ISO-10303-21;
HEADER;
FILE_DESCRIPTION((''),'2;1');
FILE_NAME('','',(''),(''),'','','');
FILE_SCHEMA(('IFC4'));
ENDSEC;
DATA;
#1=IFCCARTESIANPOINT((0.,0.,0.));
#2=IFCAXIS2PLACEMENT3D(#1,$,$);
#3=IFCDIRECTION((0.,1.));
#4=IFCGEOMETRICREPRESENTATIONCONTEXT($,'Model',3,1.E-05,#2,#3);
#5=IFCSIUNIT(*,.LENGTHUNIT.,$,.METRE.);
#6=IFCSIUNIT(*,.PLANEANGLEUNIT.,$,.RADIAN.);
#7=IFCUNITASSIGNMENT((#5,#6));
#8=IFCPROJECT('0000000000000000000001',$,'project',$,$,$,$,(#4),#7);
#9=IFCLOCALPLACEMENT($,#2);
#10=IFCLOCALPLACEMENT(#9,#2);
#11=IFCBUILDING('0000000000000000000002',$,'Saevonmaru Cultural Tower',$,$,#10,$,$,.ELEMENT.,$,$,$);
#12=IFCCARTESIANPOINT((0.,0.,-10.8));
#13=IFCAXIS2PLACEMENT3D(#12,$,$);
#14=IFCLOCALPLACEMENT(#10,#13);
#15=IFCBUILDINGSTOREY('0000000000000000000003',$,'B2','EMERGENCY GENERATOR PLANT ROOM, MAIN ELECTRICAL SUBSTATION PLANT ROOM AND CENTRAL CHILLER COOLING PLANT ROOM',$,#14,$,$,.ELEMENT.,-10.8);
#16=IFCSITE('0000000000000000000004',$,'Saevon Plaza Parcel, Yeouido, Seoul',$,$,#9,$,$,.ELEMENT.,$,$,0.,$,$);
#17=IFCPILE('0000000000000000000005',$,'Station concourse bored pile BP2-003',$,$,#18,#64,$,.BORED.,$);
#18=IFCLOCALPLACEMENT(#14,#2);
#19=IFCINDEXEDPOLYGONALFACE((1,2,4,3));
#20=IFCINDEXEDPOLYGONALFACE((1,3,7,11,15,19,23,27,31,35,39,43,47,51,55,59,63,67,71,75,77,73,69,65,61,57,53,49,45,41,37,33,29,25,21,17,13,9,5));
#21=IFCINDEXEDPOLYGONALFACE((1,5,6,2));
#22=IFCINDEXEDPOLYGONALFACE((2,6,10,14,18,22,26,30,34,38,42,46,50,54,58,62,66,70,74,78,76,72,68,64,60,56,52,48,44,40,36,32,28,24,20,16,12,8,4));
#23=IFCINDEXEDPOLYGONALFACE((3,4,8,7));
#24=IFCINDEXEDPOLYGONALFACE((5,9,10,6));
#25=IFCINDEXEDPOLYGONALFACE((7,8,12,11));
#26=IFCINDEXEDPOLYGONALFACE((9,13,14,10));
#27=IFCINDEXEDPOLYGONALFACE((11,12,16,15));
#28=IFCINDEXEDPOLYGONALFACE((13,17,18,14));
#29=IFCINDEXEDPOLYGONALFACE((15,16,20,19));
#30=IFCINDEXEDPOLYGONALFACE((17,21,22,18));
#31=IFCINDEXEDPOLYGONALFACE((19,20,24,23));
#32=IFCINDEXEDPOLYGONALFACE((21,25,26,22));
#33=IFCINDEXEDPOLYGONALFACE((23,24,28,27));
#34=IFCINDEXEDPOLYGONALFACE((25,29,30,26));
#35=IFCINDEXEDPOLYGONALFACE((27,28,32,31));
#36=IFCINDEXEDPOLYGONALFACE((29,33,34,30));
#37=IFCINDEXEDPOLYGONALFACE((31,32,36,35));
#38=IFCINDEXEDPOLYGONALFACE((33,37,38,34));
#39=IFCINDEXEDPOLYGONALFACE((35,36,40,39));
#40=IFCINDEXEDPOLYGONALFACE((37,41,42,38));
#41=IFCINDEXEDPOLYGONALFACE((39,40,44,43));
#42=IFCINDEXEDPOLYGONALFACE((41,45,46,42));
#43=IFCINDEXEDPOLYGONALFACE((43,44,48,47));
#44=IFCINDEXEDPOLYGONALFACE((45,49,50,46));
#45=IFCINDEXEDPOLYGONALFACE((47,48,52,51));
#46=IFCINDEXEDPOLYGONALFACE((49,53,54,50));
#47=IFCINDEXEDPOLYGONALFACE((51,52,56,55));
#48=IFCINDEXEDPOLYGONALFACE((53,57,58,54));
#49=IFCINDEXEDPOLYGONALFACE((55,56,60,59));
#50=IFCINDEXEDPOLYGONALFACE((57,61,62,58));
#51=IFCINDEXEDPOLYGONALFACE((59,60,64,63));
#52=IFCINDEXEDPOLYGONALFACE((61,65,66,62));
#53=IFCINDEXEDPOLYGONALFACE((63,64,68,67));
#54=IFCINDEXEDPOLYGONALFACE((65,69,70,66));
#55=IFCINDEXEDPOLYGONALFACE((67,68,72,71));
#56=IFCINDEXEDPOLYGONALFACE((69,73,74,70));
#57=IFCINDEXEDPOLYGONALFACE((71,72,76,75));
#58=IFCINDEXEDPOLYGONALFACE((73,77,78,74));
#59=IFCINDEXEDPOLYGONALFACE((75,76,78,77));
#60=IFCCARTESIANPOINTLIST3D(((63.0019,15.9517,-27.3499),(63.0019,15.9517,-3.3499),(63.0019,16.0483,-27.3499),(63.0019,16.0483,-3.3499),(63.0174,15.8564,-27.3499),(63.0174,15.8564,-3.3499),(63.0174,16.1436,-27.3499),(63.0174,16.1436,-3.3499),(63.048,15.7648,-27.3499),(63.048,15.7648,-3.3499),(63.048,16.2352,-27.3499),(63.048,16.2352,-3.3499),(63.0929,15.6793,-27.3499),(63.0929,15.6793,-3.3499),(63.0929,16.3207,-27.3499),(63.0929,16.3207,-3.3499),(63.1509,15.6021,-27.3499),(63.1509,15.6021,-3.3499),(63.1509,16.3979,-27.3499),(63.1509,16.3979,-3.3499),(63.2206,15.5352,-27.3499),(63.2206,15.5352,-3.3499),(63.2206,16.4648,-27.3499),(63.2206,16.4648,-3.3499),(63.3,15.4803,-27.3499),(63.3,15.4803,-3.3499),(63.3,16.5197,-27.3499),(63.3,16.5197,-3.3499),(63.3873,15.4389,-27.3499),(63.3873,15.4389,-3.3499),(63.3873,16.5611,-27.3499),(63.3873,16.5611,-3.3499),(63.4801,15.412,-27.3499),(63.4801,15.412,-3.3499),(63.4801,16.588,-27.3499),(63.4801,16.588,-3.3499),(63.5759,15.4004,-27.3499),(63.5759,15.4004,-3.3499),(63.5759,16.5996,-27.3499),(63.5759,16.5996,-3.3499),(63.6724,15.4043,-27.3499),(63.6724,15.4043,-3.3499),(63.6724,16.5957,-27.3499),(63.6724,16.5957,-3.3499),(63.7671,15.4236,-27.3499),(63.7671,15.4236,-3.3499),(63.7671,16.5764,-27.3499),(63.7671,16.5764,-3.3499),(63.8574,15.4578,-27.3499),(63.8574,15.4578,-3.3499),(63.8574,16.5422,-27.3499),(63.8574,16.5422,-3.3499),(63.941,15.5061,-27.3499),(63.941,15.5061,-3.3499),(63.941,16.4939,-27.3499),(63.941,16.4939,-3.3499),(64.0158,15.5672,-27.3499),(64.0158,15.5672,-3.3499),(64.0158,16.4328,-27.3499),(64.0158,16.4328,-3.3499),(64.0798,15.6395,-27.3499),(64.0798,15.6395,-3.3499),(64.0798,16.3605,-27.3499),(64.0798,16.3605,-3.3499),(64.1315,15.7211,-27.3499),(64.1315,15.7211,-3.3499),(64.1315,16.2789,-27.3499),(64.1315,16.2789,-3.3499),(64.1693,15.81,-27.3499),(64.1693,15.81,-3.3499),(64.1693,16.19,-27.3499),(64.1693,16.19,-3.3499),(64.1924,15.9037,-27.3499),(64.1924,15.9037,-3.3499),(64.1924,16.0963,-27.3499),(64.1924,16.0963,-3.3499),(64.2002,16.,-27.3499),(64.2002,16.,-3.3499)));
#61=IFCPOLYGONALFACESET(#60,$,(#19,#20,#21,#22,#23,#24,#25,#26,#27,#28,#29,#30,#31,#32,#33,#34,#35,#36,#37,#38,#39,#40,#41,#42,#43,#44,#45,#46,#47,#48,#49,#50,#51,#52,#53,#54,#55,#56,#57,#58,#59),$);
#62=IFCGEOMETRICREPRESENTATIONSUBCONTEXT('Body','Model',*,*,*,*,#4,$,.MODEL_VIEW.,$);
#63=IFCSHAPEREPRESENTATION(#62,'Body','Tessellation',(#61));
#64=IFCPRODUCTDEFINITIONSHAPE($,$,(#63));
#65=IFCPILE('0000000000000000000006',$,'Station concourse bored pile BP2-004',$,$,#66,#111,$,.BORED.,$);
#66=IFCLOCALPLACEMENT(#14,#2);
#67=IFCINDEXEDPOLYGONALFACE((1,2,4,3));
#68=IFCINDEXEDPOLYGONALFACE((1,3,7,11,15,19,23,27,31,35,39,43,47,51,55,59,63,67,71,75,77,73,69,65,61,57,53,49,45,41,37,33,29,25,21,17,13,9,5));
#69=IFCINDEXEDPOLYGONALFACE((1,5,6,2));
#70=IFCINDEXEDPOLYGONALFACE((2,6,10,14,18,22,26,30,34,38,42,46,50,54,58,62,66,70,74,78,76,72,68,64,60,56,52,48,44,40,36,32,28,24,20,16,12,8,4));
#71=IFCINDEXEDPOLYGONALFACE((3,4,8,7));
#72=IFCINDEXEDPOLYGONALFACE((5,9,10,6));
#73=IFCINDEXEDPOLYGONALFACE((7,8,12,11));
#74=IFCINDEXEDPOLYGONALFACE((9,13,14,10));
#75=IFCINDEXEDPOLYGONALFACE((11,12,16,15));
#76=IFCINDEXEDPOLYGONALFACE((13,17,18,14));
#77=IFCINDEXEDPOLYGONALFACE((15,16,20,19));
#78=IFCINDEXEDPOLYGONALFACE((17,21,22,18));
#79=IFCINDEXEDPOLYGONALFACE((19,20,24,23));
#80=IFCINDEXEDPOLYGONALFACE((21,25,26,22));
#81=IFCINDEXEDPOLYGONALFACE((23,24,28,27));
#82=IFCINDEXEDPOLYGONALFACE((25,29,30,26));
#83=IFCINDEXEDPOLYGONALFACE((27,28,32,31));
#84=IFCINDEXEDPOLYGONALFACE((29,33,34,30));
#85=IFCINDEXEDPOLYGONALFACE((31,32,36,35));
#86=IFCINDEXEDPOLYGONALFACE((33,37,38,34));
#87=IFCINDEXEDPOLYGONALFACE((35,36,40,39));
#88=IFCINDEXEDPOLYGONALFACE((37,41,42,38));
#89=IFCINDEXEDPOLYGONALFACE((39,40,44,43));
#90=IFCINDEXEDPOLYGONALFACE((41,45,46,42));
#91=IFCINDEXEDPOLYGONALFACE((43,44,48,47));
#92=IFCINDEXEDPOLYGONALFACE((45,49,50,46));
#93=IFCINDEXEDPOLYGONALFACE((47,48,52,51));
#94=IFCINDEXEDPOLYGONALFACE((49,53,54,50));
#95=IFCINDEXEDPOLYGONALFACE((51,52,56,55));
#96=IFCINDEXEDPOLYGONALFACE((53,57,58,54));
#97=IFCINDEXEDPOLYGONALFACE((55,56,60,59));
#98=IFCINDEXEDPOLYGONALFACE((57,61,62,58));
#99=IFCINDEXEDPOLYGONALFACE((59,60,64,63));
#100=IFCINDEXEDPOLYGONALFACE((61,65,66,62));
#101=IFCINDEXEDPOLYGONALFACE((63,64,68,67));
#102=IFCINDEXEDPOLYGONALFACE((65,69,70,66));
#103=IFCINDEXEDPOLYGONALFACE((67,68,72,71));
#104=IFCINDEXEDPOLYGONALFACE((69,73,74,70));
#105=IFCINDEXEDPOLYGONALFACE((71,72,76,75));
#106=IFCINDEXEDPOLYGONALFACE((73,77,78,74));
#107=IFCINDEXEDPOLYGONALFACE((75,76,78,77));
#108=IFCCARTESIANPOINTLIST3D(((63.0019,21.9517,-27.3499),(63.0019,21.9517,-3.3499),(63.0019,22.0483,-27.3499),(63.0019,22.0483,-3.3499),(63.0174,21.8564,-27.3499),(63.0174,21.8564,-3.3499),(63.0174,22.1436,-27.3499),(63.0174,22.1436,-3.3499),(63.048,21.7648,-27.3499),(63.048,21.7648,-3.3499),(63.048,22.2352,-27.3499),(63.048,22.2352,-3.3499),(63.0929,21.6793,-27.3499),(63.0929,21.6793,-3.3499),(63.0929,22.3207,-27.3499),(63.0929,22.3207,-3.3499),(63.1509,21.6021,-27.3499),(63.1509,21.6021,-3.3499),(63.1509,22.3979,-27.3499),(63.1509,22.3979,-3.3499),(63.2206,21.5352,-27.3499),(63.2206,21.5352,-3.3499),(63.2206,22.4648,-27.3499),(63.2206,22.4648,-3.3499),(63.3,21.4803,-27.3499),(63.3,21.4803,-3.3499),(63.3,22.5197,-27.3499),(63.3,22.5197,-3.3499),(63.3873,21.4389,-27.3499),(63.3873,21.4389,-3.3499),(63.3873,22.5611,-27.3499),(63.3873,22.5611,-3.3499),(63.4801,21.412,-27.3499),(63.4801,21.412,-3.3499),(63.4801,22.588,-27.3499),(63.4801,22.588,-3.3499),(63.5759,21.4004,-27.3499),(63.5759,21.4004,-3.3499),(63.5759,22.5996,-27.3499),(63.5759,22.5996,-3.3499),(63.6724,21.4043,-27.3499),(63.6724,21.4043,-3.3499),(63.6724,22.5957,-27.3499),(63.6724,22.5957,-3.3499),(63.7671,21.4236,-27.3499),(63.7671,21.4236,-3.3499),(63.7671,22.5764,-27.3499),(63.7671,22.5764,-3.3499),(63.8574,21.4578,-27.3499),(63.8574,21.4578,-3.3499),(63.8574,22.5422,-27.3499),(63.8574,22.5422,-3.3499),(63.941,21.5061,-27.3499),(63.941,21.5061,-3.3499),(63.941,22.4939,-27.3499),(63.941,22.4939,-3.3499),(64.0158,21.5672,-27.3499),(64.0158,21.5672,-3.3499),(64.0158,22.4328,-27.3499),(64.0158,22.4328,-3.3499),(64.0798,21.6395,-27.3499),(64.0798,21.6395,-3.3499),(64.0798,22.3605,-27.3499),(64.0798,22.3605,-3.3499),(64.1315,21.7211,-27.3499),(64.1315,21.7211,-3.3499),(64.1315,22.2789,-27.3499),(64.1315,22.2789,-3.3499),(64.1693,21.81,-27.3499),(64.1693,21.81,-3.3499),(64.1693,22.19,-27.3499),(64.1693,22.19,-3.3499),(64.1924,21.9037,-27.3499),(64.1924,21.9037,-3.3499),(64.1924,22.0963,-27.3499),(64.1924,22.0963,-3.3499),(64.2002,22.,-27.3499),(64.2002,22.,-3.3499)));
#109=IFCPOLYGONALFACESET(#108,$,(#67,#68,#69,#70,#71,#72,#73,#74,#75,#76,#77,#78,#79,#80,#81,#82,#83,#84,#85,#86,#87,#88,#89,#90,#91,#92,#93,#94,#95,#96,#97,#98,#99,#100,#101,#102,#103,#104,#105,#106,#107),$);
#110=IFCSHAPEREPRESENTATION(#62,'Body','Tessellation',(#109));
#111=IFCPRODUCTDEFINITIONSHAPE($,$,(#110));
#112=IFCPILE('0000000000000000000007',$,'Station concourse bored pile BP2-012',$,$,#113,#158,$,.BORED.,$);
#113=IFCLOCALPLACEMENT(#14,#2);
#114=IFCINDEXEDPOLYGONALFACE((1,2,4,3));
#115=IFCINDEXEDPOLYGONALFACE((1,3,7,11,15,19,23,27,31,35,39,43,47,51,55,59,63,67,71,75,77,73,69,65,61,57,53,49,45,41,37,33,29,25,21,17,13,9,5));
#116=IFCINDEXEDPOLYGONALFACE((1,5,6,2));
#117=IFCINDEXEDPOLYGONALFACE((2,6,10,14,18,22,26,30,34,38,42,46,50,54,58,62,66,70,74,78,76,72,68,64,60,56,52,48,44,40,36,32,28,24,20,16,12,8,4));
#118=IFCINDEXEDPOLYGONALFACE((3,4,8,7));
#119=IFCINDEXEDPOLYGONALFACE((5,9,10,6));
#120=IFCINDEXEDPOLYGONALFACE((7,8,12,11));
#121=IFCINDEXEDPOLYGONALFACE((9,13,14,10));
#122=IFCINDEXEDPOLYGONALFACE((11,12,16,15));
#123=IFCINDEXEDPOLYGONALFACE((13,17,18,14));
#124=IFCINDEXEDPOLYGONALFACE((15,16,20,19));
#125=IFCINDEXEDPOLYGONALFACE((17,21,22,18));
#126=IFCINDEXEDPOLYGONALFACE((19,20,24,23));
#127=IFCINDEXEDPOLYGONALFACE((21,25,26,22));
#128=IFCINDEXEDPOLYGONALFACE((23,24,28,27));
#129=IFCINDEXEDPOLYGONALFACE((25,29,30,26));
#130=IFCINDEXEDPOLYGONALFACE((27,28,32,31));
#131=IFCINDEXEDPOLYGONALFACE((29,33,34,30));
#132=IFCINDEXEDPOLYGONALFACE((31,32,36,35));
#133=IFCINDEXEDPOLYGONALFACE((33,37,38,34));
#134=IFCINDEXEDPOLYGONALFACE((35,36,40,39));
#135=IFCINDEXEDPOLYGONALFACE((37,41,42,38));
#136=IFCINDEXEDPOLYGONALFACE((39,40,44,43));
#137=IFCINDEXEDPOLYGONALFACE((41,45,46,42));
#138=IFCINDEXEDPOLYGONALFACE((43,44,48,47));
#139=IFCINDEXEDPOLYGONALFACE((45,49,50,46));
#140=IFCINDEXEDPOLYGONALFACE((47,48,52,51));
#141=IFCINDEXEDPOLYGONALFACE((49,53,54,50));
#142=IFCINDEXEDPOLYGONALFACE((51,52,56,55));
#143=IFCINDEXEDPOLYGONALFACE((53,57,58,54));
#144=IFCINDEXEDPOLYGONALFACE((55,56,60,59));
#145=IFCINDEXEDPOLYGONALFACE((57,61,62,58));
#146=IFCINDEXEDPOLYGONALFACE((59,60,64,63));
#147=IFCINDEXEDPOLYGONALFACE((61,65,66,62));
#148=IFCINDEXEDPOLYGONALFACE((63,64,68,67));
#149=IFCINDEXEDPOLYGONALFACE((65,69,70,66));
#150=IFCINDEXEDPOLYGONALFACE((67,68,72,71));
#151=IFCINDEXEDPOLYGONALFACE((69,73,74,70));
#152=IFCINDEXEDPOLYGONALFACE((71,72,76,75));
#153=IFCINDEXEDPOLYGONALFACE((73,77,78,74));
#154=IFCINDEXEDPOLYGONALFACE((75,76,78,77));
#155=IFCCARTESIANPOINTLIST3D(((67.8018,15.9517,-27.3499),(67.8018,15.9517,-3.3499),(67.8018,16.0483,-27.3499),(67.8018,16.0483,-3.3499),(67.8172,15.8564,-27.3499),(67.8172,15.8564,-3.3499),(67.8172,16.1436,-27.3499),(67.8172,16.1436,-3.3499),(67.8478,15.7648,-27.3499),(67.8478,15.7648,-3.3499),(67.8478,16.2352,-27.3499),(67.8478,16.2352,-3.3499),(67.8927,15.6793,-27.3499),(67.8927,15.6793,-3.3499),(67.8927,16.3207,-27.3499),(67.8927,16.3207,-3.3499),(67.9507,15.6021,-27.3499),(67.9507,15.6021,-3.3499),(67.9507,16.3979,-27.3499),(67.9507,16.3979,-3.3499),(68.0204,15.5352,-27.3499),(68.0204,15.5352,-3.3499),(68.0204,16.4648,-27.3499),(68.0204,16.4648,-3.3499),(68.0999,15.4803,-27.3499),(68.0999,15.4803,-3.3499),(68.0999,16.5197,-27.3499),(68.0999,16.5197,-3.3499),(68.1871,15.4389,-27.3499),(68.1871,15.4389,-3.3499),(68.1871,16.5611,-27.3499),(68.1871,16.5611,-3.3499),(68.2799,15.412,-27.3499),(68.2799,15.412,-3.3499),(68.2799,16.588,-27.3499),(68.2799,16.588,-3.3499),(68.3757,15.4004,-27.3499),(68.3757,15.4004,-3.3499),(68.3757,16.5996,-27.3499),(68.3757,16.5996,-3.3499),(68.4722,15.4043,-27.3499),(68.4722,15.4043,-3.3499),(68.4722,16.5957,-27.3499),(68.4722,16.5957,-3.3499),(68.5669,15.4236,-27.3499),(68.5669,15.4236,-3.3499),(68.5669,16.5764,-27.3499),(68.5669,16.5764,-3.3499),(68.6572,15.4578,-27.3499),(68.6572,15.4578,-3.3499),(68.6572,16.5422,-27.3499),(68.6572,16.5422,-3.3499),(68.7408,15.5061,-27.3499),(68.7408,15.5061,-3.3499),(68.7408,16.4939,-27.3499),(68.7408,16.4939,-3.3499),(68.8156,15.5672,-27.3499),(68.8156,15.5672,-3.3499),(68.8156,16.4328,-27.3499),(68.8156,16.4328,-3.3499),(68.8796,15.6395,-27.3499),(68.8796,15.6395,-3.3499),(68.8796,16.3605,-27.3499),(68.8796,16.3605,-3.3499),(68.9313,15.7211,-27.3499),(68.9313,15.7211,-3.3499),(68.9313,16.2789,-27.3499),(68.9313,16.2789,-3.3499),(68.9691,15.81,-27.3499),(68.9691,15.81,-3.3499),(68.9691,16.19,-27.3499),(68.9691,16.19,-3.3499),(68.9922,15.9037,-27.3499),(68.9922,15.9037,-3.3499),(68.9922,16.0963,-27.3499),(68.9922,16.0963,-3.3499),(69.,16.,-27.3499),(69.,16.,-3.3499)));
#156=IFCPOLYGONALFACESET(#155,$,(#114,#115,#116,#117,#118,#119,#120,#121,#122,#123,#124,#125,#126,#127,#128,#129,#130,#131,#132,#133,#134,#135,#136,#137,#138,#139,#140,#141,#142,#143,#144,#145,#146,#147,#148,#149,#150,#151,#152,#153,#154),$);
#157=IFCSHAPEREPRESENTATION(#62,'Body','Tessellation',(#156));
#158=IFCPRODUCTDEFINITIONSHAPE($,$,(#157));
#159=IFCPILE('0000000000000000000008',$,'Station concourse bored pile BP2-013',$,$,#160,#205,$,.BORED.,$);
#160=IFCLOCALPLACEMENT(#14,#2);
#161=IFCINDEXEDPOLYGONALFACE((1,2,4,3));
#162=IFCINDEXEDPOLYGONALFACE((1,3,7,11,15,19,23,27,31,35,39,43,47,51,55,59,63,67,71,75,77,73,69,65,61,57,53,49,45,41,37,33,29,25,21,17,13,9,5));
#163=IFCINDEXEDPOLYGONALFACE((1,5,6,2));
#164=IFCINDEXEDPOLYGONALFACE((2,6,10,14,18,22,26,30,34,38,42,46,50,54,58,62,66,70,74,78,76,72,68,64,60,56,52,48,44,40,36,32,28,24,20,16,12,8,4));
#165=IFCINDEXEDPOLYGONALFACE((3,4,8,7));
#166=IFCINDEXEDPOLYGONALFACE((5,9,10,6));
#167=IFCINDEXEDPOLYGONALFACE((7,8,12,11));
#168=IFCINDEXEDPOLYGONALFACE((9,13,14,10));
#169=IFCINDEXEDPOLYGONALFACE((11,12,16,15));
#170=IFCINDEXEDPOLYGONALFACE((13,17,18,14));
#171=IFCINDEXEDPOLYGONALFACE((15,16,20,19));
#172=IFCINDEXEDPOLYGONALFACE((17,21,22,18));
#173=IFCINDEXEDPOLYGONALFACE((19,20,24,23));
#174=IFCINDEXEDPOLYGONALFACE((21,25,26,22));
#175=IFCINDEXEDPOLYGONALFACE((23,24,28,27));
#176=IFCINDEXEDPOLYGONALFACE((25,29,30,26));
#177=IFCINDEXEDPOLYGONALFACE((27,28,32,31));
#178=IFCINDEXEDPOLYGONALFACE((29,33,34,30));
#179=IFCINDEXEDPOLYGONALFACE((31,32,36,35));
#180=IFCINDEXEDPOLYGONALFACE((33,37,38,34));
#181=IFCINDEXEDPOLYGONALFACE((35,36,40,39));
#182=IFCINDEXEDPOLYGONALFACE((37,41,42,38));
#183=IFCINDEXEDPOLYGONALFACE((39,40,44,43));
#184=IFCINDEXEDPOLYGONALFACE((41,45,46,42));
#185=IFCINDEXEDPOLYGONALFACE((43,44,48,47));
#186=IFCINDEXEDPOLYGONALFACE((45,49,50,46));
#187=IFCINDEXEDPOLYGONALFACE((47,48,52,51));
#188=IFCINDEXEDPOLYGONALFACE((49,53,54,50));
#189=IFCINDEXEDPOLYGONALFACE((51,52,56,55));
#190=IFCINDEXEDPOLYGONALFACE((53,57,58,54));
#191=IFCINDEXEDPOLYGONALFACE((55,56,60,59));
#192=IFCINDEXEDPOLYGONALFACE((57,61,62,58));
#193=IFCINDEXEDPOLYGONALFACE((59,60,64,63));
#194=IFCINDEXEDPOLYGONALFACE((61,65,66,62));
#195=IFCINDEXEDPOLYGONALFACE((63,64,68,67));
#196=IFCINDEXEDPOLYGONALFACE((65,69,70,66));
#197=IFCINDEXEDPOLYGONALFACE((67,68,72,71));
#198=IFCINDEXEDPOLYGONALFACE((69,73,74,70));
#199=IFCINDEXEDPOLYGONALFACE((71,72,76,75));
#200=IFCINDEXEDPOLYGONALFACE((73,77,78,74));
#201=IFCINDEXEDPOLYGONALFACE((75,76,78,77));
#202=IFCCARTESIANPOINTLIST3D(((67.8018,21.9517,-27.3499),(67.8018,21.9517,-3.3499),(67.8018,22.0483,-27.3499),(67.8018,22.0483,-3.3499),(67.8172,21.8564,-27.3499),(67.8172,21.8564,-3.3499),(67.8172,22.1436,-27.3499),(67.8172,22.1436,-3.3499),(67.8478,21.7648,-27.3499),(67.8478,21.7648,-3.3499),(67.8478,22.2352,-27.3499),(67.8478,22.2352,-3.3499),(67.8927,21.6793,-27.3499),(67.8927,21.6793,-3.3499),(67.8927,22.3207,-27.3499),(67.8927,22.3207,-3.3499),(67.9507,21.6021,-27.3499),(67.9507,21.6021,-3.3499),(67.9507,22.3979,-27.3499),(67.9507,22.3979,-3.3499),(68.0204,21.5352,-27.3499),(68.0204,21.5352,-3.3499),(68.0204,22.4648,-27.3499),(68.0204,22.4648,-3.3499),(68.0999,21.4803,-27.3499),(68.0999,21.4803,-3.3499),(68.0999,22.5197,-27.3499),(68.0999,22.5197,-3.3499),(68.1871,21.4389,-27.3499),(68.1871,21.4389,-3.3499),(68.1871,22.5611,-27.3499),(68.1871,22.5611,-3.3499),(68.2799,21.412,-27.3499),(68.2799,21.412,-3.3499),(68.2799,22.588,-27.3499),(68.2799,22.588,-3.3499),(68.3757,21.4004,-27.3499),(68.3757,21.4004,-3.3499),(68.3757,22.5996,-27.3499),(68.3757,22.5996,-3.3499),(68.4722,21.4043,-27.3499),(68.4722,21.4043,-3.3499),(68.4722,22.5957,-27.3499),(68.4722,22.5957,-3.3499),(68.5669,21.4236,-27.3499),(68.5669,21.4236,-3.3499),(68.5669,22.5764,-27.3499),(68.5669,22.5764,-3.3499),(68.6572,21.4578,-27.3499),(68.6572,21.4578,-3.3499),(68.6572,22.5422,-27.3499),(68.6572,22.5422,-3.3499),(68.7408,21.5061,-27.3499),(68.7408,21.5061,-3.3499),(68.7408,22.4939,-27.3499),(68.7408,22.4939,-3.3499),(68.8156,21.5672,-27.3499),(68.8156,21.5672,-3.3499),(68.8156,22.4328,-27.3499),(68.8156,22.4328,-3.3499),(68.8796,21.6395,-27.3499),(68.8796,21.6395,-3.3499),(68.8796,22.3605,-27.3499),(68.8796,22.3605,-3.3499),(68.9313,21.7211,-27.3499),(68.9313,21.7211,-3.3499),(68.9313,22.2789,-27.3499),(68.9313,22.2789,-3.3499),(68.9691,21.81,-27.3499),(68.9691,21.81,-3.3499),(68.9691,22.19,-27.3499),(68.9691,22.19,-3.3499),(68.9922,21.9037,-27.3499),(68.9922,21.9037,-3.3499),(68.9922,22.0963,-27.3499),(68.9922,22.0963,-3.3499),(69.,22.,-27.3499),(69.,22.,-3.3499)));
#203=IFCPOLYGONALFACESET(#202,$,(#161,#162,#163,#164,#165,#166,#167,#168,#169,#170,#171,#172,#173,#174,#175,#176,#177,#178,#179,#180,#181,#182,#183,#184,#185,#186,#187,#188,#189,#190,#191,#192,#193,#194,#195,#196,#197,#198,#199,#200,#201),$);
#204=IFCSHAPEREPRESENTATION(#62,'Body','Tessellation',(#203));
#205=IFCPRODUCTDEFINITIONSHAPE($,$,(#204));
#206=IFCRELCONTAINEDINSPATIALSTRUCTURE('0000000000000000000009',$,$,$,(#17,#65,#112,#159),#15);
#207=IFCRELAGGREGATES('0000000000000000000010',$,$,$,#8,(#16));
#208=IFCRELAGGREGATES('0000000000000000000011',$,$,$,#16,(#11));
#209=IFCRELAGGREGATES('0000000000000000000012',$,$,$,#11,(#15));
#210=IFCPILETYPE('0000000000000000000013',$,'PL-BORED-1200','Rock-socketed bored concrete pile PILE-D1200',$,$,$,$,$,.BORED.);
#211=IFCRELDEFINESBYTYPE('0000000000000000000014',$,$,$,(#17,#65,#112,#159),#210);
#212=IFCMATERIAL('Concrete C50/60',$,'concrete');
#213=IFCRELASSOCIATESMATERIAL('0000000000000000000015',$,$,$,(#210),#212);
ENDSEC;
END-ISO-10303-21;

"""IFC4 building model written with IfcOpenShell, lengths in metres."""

from ifc_helpers import new_model, si_unit, direction, frame, origin, origin_2d, place, context, subcontext, project, spatial, circle, extrude, material, material_profile, profile_set, type_object, element, save


model = new_model("IFC4")

# Units and contexts
model_context = context("Model", 3, precision=1e-05, world=origin(), true_north=direction((0.0, 1.0)))
body_context = subcontext(model_context, "Body", "Model", "MODEL_VIEW")
ifc_project = project(units=[si_unit("LENGTHUNIT", "METRE"), si_unit("PLANEANGLEUNIT", "RADIAN")], contexts=[model_context])

# Site, building, storey
site_placement = place(None, origin())
site = spatial("IfcSite", under=ifc_project, at=site_placement, Name="Saevon Plaza Parcel, Yeouido, Seoul", CompositionType="ELEMENT", RefElevation=0.0)
building_placement = place(site_placement, origin())
building = spatial("IfcBuilding", under=site, at=building_placement, Name="Saevonmaru Cultural Tower", CompositionType="ELEMENT")
storey_placement = place(building_placement, frame((0.0, 0.0, -10.8)))
storey = spatial("IfcBuildingStorey", under=building, at=storey_placement, Name="B2", Description="EMERGENCY GENERATOR PLANT ROOM, MAIN ELECTRICAL SUBSTATION PLANT ROOM AND CENTRAL CHILLER COOLING PLANT ROOM", CompositionType="ELEMENT", Elevation=-10.8)

# Shared definitions
ifc_material_1 = material(Name="Concrete C50/60", Category="concrete")

# Piles
ifc_material_profile_1 = material_profile(ifc_material_1, circle(Radius=0.6001, at=origin_2d()), Name="PILE-D1200")
ifc_profile_set_1 = profile_set([ifc_material_profile_1], Name="Concrete C50/60")
pile_type_1 = type_object("IfcPileType", Name="PL-BORED-1200", Description="Rock-socketed bored concrete pile PILE-D1200", PredefinedType="BORED", material=ifc_profile_set_1)
for number, where, z_axis, x_axis, name in (
    (1, (63.6001, 16.0, -3.3499), (0.0, 0.0, -1.0), (1.0, 0.0, 0.0), "Station concourse bored pile BP2-003"),
    (2, (63.6001, 22.0, -3.3499), (0.0, 0.0, -1.0), (1.0, 0.0, 0.0), "Station concourse bored pile BP2-004"),
    (3, (68.3999, 16.0, -3.3499), (0.0, 0.0, -1.0), (1.0, 0.0, 0.0), "Station concourse bored pile BP2-012"),
    (4, (68.3999, 22.0, -3.3499), (0.0, 0.0, -1.0), (1.0, 0.0, 0.0), "Station concourse bored pile BP2-013"),
):
    element("IfcPile", number, at=place(storey_placement, frame(where, z_axis=z_axis, x_axis=x_axis)), inside=storey, type_object=pile_type_1, Name=name, PredefinedType="BORED", context=body_context, shape_type="SweptSolid", body=[
        extrude(circle(Radius=0.6001, at=origin_2d()), origin(), (0.0, 0.0, 1.0), 24.0),
    ])

save(model, "model.ifc")
